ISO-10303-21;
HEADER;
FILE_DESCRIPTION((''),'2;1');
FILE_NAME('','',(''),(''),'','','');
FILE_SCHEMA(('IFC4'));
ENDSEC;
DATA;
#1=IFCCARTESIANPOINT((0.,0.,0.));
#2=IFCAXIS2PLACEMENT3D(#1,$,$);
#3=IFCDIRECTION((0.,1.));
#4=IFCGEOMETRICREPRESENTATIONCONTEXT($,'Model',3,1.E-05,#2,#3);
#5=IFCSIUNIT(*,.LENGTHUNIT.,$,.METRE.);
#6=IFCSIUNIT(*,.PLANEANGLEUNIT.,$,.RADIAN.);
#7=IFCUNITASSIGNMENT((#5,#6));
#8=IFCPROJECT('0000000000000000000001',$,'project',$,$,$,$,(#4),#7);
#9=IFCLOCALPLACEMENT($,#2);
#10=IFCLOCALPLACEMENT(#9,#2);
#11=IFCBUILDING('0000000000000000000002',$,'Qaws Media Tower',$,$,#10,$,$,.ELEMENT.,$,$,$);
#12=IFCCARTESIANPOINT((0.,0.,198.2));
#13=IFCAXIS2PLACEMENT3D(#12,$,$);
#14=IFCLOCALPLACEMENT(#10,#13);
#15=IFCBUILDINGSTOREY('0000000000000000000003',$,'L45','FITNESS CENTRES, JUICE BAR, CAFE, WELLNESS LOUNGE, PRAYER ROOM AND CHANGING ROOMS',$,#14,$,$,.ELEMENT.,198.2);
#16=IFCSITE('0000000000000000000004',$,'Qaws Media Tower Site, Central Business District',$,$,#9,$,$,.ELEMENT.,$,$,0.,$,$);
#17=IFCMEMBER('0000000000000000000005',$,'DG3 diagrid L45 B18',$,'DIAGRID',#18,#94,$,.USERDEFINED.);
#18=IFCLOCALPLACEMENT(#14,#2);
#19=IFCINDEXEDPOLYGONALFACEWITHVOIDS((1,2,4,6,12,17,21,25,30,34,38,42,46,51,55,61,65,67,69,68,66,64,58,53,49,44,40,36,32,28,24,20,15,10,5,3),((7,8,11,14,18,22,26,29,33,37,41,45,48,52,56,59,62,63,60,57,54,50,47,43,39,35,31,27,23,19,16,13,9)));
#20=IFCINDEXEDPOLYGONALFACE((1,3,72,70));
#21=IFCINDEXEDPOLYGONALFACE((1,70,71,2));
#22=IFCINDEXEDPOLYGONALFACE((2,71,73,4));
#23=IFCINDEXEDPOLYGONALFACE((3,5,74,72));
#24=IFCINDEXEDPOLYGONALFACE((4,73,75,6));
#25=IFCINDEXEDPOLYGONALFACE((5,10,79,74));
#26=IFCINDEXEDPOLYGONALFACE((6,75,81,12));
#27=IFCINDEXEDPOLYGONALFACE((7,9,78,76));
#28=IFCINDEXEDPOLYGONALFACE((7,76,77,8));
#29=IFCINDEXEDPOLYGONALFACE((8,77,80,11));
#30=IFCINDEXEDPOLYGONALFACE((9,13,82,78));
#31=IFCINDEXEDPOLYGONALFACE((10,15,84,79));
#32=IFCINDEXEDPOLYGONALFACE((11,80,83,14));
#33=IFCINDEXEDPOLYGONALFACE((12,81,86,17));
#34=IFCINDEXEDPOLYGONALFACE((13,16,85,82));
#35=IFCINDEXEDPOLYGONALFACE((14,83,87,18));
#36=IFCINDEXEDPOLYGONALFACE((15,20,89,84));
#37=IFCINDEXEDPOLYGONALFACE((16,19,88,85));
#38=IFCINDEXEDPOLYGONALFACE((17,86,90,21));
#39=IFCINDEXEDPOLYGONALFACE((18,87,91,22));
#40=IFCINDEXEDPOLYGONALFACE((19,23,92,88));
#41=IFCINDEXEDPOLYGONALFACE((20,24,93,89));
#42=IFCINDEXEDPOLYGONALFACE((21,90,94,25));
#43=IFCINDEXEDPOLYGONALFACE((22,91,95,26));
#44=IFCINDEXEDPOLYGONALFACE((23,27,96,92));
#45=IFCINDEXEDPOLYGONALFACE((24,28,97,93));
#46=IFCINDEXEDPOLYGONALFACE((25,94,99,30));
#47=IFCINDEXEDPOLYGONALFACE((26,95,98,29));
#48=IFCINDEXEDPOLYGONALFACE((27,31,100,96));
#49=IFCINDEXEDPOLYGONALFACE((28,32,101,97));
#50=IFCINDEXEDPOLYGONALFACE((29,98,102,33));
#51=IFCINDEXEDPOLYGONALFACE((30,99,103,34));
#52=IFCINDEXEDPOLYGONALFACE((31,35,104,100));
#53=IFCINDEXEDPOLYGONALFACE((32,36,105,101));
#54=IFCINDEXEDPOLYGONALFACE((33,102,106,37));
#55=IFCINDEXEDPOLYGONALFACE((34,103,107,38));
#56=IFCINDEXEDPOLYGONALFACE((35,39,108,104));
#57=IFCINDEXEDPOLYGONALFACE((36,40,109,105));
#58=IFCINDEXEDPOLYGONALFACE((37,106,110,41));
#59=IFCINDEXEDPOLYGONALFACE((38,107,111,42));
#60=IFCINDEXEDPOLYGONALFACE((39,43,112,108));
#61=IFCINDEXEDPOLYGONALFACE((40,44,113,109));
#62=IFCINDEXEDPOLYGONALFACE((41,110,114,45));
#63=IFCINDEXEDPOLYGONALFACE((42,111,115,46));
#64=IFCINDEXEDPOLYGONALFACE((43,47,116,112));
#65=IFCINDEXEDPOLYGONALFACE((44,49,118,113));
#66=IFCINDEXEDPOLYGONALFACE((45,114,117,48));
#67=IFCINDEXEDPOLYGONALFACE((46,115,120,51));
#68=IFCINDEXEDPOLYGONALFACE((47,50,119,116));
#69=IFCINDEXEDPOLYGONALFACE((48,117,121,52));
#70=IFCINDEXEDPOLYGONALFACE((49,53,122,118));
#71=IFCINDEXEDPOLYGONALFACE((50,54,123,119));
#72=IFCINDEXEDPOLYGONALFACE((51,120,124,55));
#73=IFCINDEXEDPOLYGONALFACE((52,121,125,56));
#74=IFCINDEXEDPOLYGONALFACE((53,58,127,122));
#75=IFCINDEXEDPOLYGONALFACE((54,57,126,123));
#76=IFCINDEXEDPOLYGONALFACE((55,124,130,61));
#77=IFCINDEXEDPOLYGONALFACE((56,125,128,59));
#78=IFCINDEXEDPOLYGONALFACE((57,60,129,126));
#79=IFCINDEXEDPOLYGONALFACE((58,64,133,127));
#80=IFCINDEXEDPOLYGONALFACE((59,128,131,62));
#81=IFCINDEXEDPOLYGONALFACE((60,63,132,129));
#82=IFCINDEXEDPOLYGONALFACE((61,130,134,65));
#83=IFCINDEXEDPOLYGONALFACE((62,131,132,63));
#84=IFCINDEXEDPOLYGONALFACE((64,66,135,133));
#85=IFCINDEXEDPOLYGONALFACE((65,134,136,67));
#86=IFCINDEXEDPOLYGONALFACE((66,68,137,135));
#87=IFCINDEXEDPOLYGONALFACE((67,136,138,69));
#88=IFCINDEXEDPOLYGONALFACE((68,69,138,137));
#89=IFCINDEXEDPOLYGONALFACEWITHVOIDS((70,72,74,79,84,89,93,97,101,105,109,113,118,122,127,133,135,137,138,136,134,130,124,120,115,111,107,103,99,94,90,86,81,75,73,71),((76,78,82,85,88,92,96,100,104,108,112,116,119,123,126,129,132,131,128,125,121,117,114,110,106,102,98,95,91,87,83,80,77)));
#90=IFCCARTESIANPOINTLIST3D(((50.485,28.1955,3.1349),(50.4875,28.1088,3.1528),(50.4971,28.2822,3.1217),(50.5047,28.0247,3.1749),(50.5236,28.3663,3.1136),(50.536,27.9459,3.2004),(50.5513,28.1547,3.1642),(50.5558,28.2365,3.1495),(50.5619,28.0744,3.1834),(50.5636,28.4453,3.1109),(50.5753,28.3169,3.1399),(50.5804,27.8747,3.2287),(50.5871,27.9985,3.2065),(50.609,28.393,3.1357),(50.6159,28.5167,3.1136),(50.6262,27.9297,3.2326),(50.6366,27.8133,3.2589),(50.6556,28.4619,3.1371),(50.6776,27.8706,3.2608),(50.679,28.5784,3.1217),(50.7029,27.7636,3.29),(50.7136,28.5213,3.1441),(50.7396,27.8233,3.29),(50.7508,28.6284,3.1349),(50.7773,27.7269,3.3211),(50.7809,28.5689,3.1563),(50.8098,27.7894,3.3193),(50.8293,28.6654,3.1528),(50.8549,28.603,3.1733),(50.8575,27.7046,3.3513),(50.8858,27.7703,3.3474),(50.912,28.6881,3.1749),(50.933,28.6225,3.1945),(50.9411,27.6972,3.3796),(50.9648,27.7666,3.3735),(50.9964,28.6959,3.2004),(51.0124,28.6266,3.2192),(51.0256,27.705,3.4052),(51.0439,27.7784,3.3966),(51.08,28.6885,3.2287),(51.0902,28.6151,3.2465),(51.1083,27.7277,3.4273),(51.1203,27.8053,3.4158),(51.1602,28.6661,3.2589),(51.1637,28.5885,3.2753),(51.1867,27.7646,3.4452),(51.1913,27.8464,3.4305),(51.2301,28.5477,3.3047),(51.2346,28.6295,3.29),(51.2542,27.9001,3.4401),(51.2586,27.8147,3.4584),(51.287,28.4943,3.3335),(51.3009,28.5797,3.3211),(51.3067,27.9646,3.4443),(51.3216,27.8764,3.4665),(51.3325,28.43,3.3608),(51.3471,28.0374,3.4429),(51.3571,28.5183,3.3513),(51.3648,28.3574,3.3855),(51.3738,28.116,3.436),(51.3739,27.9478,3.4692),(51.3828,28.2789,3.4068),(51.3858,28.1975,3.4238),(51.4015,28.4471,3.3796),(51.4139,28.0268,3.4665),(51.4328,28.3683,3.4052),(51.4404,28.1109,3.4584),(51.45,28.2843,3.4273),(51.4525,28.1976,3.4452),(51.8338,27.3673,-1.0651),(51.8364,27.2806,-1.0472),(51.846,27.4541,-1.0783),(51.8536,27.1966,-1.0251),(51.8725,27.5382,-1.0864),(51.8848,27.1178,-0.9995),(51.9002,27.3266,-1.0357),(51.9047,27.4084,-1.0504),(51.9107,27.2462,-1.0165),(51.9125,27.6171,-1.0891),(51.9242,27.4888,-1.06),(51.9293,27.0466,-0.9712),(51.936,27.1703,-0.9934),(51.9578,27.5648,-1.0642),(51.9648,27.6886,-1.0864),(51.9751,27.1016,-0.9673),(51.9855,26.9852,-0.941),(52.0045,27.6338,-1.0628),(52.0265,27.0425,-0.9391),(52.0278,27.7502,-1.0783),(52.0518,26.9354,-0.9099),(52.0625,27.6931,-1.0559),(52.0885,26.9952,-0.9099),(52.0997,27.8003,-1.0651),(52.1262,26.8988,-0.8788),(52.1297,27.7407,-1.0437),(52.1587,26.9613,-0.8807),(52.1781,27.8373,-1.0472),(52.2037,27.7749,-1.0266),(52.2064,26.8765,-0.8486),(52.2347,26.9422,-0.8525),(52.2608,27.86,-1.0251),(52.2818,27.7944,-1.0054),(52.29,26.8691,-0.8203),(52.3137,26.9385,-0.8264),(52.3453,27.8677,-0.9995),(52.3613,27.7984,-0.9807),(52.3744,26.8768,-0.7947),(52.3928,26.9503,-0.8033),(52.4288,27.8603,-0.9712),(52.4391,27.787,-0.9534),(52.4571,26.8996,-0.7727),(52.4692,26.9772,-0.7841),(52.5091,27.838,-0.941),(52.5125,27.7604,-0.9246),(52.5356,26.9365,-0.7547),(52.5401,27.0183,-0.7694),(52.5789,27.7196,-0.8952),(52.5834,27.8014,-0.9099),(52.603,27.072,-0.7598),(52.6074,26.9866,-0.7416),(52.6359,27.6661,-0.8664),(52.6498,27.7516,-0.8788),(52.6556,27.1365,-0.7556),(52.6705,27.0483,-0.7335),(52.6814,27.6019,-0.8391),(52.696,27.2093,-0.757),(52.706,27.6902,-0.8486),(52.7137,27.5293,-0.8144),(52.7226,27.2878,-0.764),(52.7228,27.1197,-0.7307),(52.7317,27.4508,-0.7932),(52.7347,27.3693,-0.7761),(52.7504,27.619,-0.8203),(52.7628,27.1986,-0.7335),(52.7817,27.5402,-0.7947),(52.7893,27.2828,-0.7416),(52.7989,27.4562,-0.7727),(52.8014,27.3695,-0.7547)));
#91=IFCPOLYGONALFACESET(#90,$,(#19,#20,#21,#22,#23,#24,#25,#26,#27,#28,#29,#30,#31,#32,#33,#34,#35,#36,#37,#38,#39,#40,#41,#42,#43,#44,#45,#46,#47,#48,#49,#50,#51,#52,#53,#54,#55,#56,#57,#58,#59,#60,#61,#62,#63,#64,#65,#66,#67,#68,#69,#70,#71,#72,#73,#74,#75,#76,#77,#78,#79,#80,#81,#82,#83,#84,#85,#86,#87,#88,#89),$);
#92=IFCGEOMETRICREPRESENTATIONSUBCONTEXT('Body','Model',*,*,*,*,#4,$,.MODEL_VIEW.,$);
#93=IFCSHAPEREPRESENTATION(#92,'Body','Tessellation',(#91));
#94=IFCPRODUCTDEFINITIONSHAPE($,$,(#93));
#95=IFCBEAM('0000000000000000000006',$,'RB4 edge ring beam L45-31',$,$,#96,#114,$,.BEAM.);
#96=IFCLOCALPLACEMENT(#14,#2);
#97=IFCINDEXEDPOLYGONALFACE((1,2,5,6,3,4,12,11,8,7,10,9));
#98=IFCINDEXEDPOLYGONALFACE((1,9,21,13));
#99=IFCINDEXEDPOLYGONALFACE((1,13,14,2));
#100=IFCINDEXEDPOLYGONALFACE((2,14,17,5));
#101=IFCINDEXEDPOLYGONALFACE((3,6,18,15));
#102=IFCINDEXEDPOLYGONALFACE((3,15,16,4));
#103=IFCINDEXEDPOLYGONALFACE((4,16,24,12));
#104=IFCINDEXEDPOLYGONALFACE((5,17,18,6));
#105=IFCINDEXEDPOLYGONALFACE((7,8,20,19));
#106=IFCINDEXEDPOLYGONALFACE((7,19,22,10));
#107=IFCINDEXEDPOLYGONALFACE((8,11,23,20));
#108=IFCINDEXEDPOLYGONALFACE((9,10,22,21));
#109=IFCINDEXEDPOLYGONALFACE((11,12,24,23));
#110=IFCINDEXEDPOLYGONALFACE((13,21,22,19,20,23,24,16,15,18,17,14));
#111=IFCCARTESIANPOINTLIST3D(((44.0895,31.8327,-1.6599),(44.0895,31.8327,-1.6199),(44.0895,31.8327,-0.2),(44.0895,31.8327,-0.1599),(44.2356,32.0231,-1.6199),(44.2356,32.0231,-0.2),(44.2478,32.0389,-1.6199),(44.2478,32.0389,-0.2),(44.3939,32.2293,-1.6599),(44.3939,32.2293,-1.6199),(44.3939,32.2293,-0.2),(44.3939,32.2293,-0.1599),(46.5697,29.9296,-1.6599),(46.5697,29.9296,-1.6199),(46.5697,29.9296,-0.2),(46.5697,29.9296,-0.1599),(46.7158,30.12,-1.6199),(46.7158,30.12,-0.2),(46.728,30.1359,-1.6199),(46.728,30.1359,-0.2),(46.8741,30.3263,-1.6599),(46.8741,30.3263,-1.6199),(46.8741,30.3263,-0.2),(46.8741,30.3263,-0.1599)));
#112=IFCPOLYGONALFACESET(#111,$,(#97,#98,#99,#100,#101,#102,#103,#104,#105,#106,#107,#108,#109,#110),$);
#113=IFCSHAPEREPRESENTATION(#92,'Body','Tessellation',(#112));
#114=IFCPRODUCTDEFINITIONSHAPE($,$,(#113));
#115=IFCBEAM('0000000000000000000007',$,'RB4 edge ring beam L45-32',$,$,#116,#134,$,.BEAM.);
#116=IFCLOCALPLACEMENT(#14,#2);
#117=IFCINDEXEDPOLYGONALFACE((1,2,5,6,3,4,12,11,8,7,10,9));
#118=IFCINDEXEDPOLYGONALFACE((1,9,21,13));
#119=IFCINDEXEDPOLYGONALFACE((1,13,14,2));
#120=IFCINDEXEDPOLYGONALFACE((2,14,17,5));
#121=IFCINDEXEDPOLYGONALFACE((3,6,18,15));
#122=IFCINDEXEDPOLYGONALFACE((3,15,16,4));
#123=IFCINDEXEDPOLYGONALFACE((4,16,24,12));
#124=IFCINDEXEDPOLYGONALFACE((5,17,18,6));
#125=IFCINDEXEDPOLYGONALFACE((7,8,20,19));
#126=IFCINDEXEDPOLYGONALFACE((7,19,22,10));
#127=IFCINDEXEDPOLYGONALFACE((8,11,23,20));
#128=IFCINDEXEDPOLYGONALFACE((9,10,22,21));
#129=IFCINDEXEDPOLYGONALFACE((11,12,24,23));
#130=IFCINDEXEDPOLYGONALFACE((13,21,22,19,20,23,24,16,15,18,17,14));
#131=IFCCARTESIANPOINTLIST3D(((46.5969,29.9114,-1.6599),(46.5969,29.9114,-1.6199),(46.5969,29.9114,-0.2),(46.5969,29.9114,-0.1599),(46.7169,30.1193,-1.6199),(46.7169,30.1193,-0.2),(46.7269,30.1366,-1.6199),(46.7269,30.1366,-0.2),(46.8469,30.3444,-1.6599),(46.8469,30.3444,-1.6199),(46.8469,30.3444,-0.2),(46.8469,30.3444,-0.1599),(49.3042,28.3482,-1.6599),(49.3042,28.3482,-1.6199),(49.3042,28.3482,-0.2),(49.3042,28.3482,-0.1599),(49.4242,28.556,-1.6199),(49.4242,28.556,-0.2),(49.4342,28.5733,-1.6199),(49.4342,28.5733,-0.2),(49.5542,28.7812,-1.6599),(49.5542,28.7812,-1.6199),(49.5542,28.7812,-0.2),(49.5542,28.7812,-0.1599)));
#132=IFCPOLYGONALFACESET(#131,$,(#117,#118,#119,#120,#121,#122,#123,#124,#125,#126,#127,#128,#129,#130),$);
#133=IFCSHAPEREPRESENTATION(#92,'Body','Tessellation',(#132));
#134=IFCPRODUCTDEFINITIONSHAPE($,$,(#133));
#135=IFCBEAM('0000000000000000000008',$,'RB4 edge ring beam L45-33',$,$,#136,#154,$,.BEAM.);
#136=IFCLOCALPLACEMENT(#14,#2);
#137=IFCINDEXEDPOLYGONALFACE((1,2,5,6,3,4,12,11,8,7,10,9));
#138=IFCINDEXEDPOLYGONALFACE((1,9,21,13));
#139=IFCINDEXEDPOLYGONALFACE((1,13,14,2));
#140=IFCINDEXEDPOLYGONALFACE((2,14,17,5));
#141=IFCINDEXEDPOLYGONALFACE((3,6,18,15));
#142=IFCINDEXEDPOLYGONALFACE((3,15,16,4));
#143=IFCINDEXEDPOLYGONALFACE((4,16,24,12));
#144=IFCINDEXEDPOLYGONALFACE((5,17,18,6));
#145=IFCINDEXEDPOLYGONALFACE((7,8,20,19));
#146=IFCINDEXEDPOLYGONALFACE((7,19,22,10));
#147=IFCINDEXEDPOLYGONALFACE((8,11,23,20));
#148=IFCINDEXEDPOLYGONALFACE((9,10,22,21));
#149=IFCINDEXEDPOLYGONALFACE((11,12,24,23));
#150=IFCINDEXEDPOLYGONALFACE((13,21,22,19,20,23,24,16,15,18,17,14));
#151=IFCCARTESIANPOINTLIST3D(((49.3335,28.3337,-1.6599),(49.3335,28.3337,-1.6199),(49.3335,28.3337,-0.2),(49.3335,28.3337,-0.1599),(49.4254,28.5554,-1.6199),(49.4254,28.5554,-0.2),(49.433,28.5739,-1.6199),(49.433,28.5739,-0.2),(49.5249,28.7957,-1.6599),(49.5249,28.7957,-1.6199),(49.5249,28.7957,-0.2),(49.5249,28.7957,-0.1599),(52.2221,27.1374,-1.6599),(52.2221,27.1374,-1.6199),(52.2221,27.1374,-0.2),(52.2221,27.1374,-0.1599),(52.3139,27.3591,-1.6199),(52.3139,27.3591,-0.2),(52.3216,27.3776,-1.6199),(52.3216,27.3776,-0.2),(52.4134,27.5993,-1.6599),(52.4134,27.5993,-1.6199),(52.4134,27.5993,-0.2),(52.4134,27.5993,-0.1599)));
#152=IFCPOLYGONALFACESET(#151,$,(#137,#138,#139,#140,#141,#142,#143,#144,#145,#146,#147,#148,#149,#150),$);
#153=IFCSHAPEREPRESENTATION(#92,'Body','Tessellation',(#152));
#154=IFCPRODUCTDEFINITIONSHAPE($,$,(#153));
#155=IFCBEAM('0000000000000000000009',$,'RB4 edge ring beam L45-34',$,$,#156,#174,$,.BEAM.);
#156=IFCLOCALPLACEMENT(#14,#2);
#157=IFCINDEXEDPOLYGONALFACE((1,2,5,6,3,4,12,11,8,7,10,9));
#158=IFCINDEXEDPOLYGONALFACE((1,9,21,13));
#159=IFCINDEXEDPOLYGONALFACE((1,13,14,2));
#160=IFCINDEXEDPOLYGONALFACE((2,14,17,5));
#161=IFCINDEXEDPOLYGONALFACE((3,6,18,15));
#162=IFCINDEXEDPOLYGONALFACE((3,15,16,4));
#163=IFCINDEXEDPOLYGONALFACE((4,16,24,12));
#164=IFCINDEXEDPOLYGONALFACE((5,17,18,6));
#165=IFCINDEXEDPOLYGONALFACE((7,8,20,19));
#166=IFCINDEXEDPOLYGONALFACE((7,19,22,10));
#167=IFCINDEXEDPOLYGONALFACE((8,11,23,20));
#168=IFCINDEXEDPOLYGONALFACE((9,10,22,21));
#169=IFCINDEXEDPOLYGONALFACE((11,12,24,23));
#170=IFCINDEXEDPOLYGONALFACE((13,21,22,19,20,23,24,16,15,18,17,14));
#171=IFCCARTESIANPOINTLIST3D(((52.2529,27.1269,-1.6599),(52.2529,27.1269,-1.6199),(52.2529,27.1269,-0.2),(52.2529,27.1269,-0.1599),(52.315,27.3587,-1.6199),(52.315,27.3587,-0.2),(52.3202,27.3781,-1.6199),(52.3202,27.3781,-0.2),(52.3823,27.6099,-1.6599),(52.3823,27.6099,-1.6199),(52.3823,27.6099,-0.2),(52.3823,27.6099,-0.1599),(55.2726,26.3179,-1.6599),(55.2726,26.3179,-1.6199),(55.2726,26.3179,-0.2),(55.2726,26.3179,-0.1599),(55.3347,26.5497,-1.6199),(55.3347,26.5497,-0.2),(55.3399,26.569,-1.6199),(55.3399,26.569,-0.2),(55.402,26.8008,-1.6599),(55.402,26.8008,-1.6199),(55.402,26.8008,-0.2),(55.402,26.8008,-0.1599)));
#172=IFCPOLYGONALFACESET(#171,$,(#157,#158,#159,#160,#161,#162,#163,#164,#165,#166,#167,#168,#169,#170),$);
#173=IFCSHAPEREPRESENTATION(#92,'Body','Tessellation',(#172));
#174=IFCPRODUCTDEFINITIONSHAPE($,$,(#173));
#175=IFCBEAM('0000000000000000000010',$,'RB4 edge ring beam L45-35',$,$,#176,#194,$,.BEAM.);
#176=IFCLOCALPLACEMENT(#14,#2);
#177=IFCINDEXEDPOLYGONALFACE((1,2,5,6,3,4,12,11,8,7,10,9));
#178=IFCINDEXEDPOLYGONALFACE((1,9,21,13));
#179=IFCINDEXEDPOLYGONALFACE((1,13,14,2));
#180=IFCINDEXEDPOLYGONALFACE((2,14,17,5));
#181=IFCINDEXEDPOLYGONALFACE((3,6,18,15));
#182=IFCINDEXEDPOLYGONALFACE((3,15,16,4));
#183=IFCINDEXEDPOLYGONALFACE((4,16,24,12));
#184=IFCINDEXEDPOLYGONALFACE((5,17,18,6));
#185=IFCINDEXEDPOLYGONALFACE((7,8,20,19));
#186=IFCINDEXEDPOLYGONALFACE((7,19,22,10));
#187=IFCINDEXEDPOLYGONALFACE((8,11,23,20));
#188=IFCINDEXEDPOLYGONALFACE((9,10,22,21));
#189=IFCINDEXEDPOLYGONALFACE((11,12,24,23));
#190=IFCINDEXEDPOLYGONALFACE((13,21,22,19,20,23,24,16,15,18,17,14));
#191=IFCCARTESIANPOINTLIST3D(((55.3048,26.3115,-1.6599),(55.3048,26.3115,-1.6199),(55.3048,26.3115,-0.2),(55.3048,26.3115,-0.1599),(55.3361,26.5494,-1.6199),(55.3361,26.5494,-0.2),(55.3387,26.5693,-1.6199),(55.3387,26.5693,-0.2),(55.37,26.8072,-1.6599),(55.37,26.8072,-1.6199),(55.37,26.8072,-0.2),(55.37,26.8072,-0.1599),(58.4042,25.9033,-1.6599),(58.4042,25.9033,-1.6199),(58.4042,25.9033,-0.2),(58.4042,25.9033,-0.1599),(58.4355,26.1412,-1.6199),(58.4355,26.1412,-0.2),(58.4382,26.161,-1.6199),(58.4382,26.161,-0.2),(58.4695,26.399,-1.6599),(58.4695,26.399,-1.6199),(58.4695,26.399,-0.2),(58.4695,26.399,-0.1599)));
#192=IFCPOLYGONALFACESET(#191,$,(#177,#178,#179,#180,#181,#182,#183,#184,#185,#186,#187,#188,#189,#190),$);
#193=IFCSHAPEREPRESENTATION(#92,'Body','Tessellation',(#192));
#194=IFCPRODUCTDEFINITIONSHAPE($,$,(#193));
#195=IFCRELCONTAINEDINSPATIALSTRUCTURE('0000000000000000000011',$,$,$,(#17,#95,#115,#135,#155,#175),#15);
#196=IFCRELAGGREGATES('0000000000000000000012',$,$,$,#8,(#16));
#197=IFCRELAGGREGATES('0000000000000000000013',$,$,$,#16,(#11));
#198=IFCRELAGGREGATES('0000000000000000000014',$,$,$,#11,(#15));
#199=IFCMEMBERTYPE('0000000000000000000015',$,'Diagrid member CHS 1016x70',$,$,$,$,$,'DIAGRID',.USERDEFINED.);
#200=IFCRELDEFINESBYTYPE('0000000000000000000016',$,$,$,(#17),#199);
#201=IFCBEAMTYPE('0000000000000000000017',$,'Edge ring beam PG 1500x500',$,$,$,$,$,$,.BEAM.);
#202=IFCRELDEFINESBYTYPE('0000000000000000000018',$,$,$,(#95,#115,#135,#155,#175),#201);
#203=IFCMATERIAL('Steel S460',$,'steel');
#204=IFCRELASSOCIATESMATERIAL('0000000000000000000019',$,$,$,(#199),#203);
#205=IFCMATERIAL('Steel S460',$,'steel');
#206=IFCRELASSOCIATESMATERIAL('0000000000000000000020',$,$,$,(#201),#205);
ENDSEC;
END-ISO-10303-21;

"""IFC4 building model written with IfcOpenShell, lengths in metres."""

from ifc_helpers import new_model, si_unit, direction, frame, origin, origin_2d, place, context, subcontext, project, spatial, hollow_circle, i_section, extrude, material, material_profile, profile_set, type_object, element, save


model = new_model("IFC4")

# Units and contexts
model_context = context("Model", 3, precision=1e-05, world=origin(), true_north=direction((0.0, 1.0)))
body_context = subcontext(model_context, "Body", "Model", "MODEL_VIEW")
ifc_project = project(units=[si_unit("LENGTHUNIT", "METRE"), si_unit("PLANEANGLEUNIT", "RADIAN")], contexts=[model_context])

# Site, building, storey
site_placement = place(None, origin())
site = spatial("IfcSite", under=ifc_project, at=site_placement, Name="Qaws Media Tower Site, Central Business District", CompositionType="ELEMENT", RefElevation=0.0)
building_placement = place(site_placement, origin())
building = spatial("IfcBuilding", under=site, at=building_placement, Name="Qaws Media Tower", CompositionType="ELEMENT")
storey_placement = place(building_placement, frame((0.0, 0.0, 198.2)))
storey = spatial("IfcBuildingStorey", under=building, at=storey_placement, Name="L45", Description="FITNESS CENTRES, JUICE BAR, CAFE, WELLNESS LOUNGE, PRAYER ROOM AND CHANGING ROOMS", CompositionType="ELEMENT", Elevation=198.2)

# Member
ifc_material_1 = material(Name="Steel S460", Category="steel")
ifc_material_profile_1 = material_profile(ifc_material_1, hollow_circle(Radius=0.5081, WallThickness=0.0701, at=origin_2d()), Name="CHS 1016x70")
ifc_profile_set_1 = profile_set([ifc_material_profile_1], Name="Steel S460")
member_type_1 = type_object("IfcMemberType", Name="Diagrid member CHS 1016x70", ElementType="DIAGRID", PredefinedType="USERDEFINED", material=ifc_profile_set_1)
for number, where, z_axis, x_axis, name in (
    (1, (52.3176, 27.3684, -0.9099), (-0.300532, 0.184507, 0.935755), (-0.523202, -0.852209, 0.0), "DG3 diagrid L45 B18"),
):
    element("IfcMember", number, at=place(storey_placement, frame(where, z_axis=z_axis, x_axis=x_axis)), inside=storey, type_object=member_type_1, Name=name, ObjectType="DIAGRID", PredefinedType="USERDEFINED", context=body_context, shape_type="SweptSolid", body=[
        extrude(hollow_circle(Radius=0.5081, WallThickness=0.0701, at=origin_2d()), origin(), (0.0, 0.0, 1.0), 4.4883),
    ])

# Beams
ifc_material_2 = material(Name="Steel S460", Category="steel")
ifc_material_profile_2 = material_profile(ifc_material_2, i_section(OverallWidth=0.5, OverallDepth=1.5, WebThickness=0.02, FlangeThickness=0.04, at=origin_2d()), Name="PG 1500x500")
ifc_profile_set_2 = profile_set([ifc_material_profile_2], Name="Steel S460")
beam_type = type_object("IfcBeamType", Name="Edge ring beam PG 1500x500", PredefinedType="BEAM", material=ifc_profile_set_2)
for number, where, z_axis, x_axis, name in (
    (2, (44.2417, 32.031, -0.9099), (0.793364, -0.608748, 0.0), (0.608748, 0.793364, 0.0), "RB4 edge ring beam L45-31"),
    (3, (46.7219, 30.1279, -0.9099), (0.866, -0.500045, 0.0), (0.500045, 0.866, 0.0), "RB4 edge ring beam L45-32"),
):
    element("IfcBeam", number, at=place(storey_placement, frame(where, z_axis=z_axis, x_axis=x_axis)), inside=storey, type_object=beam_type, Name=name, PredefinedType="BEAM", context=body_context, shape_type="SweptSolid", body=[
        extrude(i_section(OverallWidth=0.5, OverallDepth=1.5, WebThickness=0.02, FlangeThickness=0.04, at=origin_2d()), origin(), (0.0, 0.0, 1.0), 3.1262),
    ])
beam_placement = place(storey_placement, frame((49.4292, 28.5647, -0.9099), z_axis=(0.923895, -0.382646, 0.0), x_axis=(0.382646, 0.923895, 0.0)))
element("IfcBeam", 4, at=beam_placement, inside=storey, type_object=beam_type, Name="RB4 edge ring beam L45-33", PredefinedType="BEAM", context=body_context, shape_type="SweptSolid", body=[
    extrude(i_section(OverallWidth=0.5, OverallDepth=1.5, WebThickness=0.02, FlangeThickness=0.04, at=origin_2d()), origin(), (0.0, 0.0, 1.0), 3.1265),
])
for number, where, z_axis, x_axis, name in (
    (5, (52.3176, 27.3684, -0.9099), (0.965931, -0.2588, 0.0), (0.2588, 0.965931, 0.0), "RB4 edge ring beam L45-34"),
    (6, (55.3374, 26.5593, -0.9099), (0.991438, -0.130578, 0.0), (0.130578, 0.991438, 0.0), "RB4 edge ring beam L45-35"),
):
    element("IfcBeam", number, at=place(storey_placement, frame(where, z_axis=z_axis, x_axis=x_axis)), inside=storey, type_object=beam_type, Name=name, PredefinedType="BEAM", context=body_context, shape_type="SweptSolid", body=[
        extrude(i_section(OverallWidth=0.5, OverallDepth=1.5, WebThickness=0.02, FlangeThickness=0.04, at=origin_2d()), origin(), (0.0, 0.0, 1.0), 3.1262),
    ])

save(model, "model.ifc")
